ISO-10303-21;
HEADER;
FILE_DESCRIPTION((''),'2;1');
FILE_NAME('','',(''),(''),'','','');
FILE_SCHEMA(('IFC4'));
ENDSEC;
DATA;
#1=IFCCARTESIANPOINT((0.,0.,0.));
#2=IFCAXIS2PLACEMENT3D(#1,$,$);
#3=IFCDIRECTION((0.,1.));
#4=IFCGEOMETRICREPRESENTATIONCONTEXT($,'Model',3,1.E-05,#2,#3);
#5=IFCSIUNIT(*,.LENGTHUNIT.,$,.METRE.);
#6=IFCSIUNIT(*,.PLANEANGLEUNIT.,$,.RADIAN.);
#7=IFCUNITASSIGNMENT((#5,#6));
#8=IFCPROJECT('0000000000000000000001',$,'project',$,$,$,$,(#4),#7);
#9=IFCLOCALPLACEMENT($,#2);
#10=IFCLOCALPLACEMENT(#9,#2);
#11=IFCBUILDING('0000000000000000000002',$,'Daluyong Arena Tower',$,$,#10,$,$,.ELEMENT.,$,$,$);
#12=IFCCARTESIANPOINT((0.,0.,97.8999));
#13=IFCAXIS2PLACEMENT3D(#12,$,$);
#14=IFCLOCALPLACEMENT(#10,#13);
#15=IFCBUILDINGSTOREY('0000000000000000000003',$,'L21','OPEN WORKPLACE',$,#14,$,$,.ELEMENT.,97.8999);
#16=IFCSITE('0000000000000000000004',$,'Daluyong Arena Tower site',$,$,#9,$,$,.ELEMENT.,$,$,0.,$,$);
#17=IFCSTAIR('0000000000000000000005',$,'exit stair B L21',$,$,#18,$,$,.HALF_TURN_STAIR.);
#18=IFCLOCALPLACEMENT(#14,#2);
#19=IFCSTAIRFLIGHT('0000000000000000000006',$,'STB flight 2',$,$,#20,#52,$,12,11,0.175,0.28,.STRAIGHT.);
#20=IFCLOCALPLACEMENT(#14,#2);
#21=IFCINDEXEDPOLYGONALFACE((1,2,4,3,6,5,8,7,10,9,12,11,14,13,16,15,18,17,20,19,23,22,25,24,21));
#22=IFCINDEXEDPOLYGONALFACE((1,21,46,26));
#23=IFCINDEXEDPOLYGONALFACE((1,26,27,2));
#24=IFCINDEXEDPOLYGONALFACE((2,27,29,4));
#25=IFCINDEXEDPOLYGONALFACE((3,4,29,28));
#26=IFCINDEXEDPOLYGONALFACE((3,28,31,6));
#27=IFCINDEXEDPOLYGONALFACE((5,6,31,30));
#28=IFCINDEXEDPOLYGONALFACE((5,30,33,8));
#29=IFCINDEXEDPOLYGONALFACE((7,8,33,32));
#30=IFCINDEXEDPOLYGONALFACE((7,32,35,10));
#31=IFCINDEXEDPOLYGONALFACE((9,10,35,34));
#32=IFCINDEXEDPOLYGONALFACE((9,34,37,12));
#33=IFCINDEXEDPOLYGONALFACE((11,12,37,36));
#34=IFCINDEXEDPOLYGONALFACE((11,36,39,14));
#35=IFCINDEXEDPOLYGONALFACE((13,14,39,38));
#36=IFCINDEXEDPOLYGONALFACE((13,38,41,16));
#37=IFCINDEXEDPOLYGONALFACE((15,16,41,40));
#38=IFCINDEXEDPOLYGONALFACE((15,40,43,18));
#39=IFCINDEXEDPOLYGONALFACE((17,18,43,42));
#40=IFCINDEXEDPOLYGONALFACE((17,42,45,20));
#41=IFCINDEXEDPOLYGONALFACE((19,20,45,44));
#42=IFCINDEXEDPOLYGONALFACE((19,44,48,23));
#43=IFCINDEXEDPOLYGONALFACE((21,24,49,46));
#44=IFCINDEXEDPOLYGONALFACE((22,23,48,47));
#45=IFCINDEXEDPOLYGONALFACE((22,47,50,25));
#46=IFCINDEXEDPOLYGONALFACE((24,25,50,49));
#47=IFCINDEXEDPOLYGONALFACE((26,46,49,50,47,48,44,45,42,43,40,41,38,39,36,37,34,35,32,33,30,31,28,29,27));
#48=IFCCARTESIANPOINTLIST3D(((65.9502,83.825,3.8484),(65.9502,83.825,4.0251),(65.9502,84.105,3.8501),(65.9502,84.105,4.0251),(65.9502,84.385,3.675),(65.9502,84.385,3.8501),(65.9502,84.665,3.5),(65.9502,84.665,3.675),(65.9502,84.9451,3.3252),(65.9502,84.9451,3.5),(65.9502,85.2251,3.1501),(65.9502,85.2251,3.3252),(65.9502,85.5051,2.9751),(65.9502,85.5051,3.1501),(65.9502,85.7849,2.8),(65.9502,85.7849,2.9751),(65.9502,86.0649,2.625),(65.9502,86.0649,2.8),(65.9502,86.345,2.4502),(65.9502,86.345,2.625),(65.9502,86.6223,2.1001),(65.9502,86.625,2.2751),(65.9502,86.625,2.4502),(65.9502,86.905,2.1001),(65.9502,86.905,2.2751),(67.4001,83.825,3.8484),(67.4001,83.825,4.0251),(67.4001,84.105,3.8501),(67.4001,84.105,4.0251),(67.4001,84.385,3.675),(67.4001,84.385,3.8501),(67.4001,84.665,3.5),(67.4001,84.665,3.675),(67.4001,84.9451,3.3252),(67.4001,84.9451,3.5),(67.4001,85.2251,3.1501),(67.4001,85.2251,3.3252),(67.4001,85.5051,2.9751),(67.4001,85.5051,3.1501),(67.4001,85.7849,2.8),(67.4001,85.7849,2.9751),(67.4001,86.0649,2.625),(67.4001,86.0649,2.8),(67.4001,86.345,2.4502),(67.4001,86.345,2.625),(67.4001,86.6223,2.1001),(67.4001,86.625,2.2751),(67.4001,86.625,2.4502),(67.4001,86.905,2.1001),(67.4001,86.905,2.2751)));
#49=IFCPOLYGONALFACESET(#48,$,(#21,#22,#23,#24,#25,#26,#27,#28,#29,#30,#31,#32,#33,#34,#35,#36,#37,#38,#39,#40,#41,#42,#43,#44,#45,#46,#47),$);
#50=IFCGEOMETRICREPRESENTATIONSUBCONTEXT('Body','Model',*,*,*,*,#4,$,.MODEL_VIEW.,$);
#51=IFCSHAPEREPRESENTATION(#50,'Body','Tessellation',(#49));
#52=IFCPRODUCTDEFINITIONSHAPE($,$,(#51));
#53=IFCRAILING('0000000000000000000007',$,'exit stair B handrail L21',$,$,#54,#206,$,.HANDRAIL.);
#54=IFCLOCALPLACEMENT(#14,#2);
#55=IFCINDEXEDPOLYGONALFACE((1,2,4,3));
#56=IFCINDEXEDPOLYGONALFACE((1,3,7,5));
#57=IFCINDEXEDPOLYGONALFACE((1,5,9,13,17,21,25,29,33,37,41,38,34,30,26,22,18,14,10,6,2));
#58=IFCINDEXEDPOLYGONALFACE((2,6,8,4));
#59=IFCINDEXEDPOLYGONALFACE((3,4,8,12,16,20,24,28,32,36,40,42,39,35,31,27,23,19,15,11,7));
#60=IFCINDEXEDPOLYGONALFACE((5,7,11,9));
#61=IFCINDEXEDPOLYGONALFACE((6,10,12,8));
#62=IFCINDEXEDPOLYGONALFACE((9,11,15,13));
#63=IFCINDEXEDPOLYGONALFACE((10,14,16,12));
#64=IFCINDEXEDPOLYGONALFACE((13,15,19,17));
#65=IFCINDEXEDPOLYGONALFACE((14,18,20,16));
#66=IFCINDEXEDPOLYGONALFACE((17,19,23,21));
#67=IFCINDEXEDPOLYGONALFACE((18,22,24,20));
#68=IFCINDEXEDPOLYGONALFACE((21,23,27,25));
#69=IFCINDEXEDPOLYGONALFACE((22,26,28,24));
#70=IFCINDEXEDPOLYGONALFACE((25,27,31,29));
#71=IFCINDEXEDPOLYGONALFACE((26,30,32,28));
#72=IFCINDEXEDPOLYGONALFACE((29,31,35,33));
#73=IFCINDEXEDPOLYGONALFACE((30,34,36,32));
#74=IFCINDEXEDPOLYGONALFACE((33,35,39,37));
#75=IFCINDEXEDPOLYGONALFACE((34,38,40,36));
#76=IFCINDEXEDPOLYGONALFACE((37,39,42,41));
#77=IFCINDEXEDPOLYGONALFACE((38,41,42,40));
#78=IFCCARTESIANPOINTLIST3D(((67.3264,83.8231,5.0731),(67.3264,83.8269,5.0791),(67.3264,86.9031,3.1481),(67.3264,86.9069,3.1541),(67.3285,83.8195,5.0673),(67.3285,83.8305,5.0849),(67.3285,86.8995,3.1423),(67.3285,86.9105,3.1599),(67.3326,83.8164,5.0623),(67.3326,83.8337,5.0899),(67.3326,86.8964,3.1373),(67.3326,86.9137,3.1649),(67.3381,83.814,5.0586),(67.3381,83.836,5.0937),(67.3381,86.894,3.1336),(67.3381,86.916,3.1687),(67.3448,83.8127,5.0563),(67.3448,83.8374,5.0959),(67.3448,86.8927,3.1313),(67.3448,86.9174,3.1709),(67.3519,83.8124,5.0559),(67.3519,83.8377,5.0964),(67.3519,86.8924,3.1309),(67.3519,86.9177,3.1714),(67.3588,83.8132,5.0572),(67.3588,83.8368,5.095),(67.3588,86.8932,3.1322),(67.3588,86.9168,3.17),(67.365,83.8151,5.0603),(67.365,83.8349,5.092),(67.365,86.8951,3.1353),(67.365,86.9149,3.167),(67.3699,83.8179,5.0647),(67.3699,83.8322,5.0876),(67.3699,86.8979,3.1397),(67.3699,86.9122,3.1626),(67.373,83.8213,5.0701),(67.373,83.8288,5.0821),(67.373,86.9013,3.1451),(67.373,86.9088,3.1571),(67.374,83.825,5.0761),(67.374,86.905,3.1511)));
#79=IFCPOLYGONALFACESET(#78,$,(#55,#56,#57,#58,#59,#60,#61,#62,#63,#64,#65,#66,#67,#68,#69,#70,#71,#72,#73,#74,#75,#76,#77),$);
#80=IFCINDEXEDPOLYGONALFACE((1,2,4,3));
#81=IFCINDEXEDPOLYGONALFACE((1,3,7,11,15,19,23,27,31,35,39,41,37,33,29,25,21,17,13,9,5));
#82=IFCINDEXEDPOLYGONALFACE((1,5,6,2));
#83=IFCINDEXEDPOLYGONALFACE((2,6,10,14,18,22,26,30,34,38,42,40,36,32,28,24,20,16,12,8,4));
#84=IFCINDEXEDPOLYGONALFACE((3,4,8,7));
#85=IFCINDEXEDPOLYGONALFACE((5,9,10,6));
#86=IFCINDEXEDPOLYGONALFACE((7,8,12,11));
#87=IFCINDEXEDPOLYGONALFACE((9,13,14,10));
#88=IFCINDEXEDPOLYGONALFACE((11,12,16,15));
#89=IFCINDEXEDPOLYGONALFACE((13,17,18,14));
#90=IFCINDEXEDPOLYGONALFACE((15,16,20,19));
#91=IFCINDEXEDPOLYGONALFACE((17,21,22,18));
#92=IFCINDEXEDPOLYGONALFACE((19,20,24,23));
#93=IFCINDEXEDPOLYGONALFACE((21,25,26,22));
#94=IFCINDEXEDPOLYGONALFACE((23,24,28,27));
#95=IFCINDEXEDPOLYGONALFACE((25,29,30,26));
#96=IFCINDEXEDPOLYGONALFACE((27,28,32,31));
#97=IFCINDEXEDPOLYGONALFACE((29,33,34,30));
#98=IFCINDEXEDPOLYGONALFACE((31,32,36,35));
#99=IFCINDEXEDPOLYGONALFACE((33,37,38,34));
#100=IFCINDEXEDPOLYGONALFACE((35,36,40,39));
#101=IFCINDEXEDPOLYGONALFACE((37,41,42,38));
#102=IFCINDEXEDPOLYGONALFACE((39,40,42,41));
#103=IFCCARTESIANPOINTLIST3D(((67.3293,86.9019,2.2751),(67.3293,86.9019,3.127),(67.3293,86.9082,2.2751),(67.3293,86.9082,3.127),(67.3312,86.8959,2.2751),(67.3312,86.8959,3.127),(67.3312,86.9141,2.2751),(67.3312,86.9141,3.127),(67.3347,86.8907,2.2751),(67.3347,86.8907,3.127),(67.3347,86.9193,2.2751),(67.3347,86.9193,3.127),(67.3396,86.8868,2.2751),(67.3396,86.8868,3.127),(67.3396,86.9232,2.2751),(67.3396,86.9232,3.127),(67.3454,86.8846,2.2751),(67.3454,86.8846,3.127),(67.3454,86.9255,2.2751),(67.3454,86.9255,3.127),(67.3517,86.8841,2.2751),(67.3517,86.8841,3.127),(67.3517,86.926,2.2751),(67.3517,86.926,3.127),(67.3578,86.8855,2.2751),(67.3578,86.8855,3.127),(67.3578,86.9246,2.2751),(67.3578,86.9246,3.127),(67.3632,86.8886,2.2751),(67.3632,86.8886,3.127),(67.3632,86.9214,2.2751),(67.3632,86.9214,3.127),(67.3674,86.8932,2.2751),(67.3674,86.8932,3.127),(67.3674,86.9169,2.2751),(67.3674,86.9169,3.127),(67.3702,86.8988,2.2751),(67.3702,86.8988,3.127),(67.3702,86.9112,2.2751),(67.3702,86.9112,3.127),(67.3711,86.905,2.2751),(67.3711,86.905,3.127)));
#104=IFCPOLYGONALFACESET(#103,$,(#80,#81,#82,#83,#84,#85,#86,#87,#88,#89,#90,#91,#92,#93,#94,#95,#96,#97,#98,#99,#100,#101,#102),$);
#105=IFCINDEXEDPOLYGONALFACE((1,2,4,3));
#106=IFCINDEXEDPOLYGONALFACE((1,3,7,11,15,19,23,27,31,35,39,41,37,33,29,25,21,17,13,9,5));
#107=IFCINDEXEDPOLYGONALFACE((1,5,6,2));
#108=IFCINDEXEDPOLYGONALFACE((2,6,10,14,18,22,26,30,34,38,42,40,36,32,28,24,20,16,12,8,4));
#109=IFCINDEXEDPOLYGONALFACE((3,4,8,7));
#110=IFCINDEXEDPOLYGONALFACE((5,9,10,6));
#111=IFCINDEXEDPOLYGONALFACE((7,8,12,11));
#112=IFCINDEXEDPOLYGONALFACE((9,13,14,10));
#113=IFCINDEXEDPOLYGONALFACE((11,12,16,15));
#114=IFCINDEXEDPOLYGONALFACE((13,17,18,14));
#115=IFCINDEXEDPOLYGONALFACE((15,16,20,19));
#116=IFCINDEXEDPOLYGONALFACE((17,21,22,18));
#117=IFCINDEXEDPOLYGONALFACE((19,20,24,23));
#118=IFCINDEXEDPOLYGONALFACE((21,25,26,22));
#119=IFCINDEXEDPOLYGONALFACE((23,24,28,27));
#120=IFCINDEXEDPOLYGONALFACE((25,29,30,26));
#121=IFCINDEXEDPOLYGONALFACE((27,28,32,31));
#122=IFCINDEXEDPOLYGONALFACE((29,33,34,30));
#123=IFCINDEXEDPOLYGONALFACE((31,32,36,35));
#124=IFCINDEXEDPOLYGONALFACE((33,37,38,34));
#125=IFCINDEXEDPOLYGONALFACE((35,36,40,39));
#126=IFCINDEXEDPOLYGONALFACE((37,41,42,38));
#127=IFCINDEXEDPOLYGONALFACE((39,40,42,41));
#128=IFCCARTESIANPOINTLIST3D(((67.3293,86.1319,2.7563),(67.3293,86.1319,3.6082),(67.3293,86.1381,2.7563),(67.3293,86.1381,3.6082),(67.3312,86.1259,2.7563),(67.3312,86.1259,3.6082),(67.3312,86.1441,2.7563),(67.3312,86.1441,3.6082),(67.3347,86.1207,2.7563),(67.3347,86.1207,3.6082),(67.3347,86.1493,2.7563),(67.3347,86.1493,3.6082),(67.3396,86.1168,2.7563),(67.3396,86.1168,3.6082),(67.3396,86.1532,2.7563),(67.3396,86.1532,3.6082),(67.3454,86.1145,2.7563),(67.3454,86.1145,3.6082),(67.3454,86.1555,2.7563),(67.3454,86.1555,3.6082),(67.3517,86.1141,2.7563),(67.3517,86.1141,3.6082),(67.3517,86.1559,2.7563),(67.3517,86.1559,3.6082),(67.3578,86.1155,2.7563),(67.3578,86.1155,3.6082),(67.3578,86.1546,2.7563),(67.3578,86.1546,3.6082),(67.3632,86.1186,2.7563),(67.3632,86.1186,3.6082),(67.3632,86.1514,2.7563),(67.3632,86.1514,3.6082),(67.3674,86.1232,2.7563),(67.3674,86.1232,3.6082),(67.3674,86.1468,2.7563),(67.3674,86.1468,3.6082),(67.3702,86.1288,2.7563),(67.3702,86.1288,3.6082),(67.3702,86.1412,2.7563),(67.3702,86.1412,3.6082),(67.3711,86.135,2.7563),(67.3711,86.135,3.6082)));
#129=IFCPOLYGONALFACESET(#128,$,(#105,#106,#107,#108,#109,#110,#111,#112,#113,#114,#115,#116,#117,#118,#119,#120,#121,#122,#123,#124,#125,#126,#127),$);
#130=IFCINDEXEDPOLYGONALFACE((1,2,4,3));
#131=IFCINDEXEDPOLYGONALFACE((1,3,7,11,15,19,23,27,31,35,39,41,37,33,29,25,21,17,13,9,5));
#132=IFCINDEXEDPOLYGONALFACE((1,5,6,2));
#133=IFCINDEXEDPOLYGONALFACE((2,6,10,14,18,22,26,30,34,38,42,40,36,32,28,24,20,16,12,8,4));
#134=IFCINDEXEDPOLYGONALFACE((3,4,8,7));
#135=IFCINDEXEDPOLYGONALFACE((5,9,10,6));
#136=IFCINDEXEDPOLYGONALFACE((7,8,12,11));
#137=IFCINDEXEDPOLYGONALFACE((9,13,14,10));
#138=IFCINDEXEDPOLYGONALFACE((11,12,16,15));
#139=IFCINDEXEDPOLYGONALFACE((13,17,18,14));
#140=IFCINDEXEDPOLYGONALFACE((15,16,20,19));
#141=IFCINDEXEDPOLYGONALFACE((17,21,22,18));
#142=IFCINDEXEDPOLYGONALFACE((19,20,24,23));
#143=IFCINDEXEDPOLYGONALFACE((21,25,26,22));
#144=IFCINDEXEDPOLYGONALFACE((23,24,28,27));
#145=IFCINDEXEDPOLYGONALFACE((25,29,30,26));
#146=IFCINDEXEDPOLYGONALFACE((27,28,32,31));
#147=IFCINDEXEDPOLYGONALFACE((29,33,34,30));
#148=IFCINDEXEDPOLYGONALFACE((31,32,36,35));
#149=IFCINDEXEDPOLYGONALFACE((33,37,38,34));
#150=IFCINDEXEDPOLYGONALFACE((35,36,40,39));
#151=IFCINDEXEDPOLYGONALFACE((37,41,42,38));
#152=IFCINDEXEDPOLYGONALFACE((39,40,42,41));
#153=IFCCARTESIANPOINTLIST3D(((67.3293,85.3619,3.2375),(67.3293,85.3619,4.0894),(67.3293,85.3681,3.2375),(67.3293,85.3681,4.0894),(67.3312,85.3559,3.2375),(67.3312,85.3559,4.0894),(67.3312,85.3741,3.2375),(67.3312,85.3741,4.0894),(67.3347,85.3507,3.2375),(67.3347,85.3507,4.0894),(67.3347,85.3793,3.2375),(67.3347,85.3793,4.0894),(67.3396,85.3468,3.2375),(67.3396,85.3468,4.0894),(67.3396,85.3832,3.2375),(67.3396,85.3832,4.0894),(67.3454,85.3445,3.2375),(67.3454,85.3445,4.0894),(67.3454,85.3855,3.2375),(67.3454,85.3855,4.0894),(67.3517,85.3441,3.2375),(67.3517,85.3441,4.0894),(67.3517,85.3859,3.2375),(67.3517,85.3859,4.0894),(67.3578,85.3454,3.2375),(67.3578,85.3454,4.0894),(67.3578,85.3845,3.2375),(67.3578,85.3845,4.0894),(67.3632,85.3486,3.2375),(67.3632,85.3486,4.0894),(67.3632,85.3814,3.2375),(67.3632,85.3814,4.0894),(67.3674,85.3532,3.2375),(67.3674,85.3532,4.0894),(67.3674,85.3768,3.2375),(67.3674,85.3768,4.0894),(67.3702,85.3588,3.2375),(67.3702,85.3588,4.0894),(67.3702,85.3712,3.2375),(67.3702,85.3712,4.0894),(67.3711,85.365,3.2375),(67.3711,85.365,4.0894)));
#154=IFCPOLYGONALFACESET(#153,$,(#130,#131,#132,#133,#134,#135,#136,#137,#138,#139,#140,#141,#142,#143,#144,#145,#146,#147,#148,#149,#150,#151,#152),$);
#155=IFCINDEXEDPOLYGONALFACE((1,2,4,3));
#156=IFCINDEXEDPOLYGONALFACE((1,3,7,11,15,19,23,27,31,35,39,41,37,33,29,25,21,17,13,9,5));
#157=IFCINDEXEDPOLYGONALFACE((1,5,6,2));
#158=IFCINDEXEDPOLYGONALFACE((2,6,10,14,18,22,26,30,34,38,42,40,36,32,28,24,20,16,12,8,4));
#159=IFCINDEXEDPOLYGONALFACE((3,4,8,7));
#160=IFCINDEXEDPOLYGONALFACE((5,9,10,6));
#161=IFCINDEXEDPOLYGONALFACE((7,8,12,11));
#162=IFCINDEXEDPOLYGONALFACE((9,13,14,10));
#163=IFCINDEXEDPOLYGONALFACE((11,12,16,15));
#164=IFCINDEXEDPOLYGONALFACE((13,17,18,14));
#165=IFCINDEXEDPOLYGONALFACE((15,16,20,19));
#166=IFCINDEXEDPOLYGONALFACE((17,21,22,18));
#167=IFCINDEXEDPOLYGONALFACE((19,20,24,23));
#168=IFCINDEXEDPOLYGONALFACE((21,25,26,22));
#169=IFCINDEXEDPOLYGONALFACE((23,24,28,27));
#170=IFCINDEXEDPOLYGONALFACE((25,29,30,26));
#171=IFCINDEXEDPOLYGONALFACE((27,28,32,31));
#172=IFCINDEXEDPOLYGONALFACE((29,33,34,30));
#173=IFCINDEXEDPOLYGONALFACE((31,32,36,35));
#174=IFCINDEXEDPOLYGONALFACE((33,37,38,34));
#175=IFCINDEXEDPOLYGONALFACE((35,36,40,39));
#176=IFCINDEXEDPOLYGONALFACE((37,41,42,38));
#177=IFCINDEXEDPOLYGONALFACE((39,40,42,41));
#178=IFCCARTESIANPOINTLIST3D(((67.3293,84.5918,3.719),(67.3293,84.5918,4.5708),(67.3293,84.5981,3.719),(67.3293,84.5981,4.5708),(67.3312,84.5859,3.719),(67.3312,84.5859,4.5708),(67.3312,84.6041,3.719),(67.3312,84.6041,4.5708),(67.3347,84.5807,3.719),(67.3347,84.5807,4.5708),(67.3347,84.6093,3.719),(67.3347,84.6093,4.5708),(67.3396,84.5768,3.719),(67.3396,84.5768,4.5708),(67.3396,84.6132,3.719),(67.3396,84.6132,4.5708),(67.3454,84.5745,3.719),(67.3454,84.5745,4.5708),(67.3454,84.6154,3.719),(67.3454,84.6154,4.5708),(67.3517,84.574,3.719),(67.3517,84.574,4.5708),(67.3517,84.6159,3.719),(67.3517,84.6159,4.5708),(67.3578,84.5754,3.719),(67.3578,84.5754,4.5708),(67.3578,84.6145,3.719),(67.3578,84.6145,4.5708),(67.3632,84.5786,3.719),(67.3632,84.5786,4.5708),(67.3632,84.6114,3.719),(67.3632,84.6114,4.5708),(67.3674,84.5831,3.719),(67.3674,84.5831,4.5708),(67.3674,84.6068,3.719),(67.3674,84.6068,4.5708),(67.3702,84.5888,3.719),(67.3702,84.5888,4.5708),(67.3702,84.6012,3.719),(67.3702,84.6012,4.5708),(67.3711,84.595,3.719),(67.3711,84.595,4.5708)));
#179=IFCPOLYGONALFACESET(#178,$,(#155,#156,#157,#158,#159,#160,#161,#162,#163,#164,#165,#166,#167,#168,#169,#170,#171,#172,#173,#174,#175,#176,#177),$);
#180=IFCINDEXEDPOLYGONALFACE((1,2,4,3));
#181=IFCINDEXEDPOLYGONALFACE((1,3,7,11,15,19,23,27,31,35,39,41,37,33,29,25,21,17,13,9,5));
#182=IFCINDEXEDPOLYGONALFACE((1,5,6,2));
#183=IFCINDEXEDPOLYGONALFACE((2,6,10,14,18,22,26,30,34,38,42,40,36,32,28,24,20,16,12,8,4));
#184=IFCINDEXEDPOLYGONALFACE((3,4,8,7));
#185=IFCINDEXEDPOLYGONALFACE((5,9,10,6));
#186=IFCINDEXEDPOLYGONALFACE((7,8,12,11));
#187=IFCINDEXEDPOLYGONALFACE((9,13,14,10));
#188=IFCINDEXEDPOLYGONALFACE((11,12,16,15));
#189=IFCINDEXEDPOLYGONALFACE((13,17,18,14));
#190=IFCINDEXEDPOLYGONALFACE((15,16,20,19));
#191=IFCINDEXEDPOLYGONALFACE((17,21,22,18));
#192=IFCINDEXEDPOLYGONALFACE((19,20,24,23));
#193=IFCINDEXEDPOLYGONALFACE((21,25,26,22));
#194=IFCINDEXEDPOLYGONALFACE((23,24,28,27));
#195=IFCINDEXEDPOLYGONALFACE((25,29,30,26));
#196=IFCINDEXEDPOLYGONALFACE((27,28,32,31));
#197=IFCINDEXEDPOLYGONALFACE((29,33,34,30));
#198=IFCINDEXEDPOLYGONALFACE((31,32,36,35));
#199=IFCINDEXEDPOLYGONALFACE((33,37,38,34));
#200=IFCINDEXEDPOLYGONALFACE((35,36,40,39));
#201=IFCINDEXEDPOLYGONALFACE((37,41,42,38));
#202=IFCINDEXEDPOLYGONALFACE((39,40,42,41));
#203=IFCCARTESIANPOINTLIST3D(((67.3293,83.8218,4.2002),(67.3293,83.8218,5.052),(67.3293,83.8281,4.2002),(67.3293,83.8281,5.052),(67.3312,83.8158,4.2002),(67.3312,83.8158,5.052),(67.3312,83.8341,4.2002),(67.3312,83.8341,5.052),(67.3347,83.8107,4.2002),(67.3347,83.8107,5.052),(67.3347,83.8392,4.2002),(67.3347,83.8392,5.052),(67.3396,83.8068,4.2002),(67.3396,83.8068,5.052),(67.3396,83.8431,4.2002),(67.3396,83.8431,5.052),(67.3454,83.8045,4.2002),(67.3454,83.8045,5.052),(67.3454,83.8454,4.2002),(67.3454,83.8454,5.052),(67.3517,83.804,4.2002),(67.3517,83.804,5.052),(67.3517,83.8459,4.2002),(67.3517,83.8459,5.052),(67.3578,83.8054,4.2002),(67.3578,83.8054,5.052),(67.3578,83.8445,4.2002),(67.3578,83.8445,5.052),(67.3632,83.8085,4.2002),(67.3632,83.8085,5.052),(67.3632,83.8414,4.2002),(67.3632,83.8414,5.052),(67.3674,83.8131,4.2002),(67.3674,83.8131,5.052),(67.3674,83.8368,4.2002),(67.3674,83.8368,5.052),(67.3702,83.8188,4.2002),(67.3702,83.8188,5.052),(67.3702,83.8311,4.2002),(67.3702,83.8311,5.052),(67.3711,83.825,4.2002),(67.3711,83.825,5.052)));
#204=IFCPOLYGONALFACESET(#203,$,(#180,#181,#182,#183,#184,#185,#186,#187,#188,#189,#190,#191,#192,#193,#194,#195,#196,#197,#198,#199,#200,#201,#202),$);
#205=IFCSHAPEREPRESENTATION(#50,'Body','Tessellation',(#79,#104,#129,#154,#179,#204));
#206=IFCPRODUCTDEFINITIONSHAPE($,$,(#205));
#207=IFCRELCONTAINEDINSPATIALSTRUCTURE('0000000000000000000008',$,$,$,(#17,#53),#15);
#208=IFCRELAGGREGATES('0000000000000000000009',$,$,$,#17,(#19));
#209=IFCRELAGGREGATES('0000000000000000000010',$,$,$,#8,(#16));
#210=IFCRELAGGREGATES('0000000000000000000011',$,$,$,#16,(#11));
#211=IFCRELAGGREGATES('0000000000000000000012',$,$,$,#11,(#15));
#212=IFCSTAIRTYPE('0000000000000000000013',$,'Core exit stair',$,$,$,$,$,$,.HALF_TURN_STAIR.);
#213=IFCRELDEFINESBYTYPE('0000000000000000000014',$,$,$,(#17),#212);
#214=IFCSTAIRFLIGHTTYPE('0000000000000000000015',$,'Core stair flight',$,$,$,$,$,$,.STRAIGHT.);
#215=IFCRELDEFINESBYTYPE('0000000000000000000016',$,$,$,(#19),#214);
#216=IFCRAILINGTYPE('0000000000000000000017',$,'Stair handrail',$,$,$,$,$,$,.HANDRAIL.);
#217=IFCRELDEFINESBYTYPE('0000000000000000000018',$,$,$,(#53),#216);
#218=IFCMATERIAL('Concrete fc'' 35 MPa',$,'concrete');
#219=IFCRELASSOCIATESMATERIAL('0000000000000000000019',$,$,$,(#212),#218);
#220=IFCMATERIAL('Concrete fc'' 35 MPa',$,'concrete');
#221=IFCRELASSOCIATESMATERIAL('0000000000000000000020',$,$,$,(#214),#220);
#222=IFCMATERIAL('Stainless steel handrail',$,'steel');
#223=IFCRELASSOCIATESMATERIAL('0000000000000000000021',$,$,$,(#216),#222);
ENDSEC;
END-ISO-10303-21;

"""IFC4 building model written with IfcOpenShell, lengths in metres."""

from ifc_helpers import new_model, si_unit, direction, frame, origin, origin_2d, place, context, subcontext, project, spatial, polyline, circle, outline, extrude, material, type_object, element, aggregate, save


model = new_model("IFC4")

# Units and contexts
model_context = context("Model", 3, precision=1e-05, world=origin(), true_north=direction((0.0, 1.0)))
body_context = subcontext(model_context, "Body", "Model", "MODEL_VIEW")
ifc_project = project(units=[si_unit("LENGTHUNIT", "METRE"), si_unit("PLANEANGLEUNIT", "RADIAN")], contexts=[model_context])

# Site, building, storey
site_placement = place(None, origin())
site = spatial("IfcSite", under=ifc_project, at=site_placement, Name="Daluyong Arena Tower site", CompositionType="ELEMENT", RefElevation=0.0)
building_placement = place(site_placement, origin())
building = spatial("IfcBuilding", under=site, at=building_placement, Name="Daluyong Arena Tower", CompositionType="ELEMENT")
storey_placement = place(building_placement, frame((0.0, 0.0, 97.8999)))
storey = spatial("IfcBuildingStorey", under=building, at=storey_placement, Name="L21", Description="OPEN WORKPLACE", CompositionType="ELEMENT", Elevation=97.8999)

# Stair, stair flight
ifc_material_1 = material(Name="Concrete fc' 35 MPa", Category="concrete")
stair_type = type_object("IfcStairType", Name="Core exit stair", PredefinedType="HALF_TURN_STAIR", material=ifc_material_1)
stair_placement = place(storey_placement, origin())
stair = element("IfcStair", 1, at=stair_placement, inside=storey, type_object=stair_type, Name="exit stair B L21", PredefinedType="HALF_TURN_STAIR")
ifc_material_2 = material(Name="Concrete fc' 35 MPa", Category="concrete")
stair_flight_type = type_object("IfcStairFlightType", Name="Core stair flight", PredefinedType="STRAIGHT", material=ifc_material_2)
stair_flight_placement = place(storey_placement, frame((66.675, 86.905, 2.1001), z_axis=(0.0, 0.0, 1.0), x_axis=(0.0, -1.0, 0.0)))
stair_flight = element("IfcStairFlight", 2, at=stair_flight_placement, type_object=stair_flight_type, Name="STB flight 2", NumberOfRisers=12, NumberOfTreads=11, PredefinedType="STRAIGHT", RiserHeight=0.175, TreadLength=0.28, context=body_context, shape_type="SweptSolid", body=[
    extrude(outline(polyline([(0.0, 0.0), (0.0, 0.175), (0.28, 0.175), (0.28, 0.3501), (0.5601, 0.3501), (0.5601, 0.5249), (0.8401, 0.5249), (0.8401, 0.7), (1.1201, 0.7), (1.1201, 0.875), (1.3999, 0.875), (1.3999, 1.05), (1.6799, 1.05), (1.6799, 1.2251), (1.96, 1.2251), (1.96, 1.3999), (2.24, 1.3999), (2.24, 1.575), (2.52, 1.575), (2.52, 1.75), (2.8, 1.75), (2.8, 1.925), (3.0801, 1.925), (3.0801, 2.1001), (3.0801, 1.7483), (0.2827, 0.0), (0.0, 0.0)])), frame((0.0, 0.7251, 0.0), z_axis=(0.0, -1.0, 0.0), x_axis=(1.0, 0.0, 0.0)), (0.0, 0.0, 1.0), 1.45),
])
aggregate(stair, [stair_flight])

# Railing
ifc_material_3 = material(Name="Stainless steel handrail", Category="steel")
railing_type = type_object("IfcRailingType", Name="Stair handrail", PredefinedType="HANDRAIL", material=ifc_material_3)
railing_placement = place(storey_placement, frame((67.3501, 86.905, 2.2751)))
element("IfcRailing", 3, at=railing_placement, inside=storey, type_object=railing_type, Name="exit stair B handrail L21", PredefinedType="HANDRAIL", context=body_context, shape_type="SweptSolid", body=[
    extrude(circle(Radius=0.0239, at=origin_2d()), frame((0.0, 0.0, 0.876), z_axis=(0.0, -0.847998, 0.529999), x_axis=(1.0, 0.0, 0.0)), (0.0, 0.0, 1.0), 3.6321),
    extrude(circle(Radius=0.021, at=origin_2d()), origin(), (0.0, 0.0, 1.0), 0.8518),
    extrude(circle(Radius=0.021, at=origin_2d()), frame((0.0, -0.77, 0.4812)), (0.0, 0.0, 1.0), 0.8518),
    extrude(circle(Radius=0.021, at=origin_2d()), frame((0.0, -1.54, 0.9624)), (0.0, 0.0, 1.0), 0.8518),
    extrude(circle(Radius=0.021, at=origin_2d()), frame((0.0, -2.3101, 1.4438)), (0.0, 0.0, 1.0), 0.8518),
    extrude(circle(Radius=0.021, at=origin_2d()), frame((0.0, -3.0801, 1.925)), (0.0, 0.0, 1.0), 0.8518),
])

save(model, "model.ifc")
